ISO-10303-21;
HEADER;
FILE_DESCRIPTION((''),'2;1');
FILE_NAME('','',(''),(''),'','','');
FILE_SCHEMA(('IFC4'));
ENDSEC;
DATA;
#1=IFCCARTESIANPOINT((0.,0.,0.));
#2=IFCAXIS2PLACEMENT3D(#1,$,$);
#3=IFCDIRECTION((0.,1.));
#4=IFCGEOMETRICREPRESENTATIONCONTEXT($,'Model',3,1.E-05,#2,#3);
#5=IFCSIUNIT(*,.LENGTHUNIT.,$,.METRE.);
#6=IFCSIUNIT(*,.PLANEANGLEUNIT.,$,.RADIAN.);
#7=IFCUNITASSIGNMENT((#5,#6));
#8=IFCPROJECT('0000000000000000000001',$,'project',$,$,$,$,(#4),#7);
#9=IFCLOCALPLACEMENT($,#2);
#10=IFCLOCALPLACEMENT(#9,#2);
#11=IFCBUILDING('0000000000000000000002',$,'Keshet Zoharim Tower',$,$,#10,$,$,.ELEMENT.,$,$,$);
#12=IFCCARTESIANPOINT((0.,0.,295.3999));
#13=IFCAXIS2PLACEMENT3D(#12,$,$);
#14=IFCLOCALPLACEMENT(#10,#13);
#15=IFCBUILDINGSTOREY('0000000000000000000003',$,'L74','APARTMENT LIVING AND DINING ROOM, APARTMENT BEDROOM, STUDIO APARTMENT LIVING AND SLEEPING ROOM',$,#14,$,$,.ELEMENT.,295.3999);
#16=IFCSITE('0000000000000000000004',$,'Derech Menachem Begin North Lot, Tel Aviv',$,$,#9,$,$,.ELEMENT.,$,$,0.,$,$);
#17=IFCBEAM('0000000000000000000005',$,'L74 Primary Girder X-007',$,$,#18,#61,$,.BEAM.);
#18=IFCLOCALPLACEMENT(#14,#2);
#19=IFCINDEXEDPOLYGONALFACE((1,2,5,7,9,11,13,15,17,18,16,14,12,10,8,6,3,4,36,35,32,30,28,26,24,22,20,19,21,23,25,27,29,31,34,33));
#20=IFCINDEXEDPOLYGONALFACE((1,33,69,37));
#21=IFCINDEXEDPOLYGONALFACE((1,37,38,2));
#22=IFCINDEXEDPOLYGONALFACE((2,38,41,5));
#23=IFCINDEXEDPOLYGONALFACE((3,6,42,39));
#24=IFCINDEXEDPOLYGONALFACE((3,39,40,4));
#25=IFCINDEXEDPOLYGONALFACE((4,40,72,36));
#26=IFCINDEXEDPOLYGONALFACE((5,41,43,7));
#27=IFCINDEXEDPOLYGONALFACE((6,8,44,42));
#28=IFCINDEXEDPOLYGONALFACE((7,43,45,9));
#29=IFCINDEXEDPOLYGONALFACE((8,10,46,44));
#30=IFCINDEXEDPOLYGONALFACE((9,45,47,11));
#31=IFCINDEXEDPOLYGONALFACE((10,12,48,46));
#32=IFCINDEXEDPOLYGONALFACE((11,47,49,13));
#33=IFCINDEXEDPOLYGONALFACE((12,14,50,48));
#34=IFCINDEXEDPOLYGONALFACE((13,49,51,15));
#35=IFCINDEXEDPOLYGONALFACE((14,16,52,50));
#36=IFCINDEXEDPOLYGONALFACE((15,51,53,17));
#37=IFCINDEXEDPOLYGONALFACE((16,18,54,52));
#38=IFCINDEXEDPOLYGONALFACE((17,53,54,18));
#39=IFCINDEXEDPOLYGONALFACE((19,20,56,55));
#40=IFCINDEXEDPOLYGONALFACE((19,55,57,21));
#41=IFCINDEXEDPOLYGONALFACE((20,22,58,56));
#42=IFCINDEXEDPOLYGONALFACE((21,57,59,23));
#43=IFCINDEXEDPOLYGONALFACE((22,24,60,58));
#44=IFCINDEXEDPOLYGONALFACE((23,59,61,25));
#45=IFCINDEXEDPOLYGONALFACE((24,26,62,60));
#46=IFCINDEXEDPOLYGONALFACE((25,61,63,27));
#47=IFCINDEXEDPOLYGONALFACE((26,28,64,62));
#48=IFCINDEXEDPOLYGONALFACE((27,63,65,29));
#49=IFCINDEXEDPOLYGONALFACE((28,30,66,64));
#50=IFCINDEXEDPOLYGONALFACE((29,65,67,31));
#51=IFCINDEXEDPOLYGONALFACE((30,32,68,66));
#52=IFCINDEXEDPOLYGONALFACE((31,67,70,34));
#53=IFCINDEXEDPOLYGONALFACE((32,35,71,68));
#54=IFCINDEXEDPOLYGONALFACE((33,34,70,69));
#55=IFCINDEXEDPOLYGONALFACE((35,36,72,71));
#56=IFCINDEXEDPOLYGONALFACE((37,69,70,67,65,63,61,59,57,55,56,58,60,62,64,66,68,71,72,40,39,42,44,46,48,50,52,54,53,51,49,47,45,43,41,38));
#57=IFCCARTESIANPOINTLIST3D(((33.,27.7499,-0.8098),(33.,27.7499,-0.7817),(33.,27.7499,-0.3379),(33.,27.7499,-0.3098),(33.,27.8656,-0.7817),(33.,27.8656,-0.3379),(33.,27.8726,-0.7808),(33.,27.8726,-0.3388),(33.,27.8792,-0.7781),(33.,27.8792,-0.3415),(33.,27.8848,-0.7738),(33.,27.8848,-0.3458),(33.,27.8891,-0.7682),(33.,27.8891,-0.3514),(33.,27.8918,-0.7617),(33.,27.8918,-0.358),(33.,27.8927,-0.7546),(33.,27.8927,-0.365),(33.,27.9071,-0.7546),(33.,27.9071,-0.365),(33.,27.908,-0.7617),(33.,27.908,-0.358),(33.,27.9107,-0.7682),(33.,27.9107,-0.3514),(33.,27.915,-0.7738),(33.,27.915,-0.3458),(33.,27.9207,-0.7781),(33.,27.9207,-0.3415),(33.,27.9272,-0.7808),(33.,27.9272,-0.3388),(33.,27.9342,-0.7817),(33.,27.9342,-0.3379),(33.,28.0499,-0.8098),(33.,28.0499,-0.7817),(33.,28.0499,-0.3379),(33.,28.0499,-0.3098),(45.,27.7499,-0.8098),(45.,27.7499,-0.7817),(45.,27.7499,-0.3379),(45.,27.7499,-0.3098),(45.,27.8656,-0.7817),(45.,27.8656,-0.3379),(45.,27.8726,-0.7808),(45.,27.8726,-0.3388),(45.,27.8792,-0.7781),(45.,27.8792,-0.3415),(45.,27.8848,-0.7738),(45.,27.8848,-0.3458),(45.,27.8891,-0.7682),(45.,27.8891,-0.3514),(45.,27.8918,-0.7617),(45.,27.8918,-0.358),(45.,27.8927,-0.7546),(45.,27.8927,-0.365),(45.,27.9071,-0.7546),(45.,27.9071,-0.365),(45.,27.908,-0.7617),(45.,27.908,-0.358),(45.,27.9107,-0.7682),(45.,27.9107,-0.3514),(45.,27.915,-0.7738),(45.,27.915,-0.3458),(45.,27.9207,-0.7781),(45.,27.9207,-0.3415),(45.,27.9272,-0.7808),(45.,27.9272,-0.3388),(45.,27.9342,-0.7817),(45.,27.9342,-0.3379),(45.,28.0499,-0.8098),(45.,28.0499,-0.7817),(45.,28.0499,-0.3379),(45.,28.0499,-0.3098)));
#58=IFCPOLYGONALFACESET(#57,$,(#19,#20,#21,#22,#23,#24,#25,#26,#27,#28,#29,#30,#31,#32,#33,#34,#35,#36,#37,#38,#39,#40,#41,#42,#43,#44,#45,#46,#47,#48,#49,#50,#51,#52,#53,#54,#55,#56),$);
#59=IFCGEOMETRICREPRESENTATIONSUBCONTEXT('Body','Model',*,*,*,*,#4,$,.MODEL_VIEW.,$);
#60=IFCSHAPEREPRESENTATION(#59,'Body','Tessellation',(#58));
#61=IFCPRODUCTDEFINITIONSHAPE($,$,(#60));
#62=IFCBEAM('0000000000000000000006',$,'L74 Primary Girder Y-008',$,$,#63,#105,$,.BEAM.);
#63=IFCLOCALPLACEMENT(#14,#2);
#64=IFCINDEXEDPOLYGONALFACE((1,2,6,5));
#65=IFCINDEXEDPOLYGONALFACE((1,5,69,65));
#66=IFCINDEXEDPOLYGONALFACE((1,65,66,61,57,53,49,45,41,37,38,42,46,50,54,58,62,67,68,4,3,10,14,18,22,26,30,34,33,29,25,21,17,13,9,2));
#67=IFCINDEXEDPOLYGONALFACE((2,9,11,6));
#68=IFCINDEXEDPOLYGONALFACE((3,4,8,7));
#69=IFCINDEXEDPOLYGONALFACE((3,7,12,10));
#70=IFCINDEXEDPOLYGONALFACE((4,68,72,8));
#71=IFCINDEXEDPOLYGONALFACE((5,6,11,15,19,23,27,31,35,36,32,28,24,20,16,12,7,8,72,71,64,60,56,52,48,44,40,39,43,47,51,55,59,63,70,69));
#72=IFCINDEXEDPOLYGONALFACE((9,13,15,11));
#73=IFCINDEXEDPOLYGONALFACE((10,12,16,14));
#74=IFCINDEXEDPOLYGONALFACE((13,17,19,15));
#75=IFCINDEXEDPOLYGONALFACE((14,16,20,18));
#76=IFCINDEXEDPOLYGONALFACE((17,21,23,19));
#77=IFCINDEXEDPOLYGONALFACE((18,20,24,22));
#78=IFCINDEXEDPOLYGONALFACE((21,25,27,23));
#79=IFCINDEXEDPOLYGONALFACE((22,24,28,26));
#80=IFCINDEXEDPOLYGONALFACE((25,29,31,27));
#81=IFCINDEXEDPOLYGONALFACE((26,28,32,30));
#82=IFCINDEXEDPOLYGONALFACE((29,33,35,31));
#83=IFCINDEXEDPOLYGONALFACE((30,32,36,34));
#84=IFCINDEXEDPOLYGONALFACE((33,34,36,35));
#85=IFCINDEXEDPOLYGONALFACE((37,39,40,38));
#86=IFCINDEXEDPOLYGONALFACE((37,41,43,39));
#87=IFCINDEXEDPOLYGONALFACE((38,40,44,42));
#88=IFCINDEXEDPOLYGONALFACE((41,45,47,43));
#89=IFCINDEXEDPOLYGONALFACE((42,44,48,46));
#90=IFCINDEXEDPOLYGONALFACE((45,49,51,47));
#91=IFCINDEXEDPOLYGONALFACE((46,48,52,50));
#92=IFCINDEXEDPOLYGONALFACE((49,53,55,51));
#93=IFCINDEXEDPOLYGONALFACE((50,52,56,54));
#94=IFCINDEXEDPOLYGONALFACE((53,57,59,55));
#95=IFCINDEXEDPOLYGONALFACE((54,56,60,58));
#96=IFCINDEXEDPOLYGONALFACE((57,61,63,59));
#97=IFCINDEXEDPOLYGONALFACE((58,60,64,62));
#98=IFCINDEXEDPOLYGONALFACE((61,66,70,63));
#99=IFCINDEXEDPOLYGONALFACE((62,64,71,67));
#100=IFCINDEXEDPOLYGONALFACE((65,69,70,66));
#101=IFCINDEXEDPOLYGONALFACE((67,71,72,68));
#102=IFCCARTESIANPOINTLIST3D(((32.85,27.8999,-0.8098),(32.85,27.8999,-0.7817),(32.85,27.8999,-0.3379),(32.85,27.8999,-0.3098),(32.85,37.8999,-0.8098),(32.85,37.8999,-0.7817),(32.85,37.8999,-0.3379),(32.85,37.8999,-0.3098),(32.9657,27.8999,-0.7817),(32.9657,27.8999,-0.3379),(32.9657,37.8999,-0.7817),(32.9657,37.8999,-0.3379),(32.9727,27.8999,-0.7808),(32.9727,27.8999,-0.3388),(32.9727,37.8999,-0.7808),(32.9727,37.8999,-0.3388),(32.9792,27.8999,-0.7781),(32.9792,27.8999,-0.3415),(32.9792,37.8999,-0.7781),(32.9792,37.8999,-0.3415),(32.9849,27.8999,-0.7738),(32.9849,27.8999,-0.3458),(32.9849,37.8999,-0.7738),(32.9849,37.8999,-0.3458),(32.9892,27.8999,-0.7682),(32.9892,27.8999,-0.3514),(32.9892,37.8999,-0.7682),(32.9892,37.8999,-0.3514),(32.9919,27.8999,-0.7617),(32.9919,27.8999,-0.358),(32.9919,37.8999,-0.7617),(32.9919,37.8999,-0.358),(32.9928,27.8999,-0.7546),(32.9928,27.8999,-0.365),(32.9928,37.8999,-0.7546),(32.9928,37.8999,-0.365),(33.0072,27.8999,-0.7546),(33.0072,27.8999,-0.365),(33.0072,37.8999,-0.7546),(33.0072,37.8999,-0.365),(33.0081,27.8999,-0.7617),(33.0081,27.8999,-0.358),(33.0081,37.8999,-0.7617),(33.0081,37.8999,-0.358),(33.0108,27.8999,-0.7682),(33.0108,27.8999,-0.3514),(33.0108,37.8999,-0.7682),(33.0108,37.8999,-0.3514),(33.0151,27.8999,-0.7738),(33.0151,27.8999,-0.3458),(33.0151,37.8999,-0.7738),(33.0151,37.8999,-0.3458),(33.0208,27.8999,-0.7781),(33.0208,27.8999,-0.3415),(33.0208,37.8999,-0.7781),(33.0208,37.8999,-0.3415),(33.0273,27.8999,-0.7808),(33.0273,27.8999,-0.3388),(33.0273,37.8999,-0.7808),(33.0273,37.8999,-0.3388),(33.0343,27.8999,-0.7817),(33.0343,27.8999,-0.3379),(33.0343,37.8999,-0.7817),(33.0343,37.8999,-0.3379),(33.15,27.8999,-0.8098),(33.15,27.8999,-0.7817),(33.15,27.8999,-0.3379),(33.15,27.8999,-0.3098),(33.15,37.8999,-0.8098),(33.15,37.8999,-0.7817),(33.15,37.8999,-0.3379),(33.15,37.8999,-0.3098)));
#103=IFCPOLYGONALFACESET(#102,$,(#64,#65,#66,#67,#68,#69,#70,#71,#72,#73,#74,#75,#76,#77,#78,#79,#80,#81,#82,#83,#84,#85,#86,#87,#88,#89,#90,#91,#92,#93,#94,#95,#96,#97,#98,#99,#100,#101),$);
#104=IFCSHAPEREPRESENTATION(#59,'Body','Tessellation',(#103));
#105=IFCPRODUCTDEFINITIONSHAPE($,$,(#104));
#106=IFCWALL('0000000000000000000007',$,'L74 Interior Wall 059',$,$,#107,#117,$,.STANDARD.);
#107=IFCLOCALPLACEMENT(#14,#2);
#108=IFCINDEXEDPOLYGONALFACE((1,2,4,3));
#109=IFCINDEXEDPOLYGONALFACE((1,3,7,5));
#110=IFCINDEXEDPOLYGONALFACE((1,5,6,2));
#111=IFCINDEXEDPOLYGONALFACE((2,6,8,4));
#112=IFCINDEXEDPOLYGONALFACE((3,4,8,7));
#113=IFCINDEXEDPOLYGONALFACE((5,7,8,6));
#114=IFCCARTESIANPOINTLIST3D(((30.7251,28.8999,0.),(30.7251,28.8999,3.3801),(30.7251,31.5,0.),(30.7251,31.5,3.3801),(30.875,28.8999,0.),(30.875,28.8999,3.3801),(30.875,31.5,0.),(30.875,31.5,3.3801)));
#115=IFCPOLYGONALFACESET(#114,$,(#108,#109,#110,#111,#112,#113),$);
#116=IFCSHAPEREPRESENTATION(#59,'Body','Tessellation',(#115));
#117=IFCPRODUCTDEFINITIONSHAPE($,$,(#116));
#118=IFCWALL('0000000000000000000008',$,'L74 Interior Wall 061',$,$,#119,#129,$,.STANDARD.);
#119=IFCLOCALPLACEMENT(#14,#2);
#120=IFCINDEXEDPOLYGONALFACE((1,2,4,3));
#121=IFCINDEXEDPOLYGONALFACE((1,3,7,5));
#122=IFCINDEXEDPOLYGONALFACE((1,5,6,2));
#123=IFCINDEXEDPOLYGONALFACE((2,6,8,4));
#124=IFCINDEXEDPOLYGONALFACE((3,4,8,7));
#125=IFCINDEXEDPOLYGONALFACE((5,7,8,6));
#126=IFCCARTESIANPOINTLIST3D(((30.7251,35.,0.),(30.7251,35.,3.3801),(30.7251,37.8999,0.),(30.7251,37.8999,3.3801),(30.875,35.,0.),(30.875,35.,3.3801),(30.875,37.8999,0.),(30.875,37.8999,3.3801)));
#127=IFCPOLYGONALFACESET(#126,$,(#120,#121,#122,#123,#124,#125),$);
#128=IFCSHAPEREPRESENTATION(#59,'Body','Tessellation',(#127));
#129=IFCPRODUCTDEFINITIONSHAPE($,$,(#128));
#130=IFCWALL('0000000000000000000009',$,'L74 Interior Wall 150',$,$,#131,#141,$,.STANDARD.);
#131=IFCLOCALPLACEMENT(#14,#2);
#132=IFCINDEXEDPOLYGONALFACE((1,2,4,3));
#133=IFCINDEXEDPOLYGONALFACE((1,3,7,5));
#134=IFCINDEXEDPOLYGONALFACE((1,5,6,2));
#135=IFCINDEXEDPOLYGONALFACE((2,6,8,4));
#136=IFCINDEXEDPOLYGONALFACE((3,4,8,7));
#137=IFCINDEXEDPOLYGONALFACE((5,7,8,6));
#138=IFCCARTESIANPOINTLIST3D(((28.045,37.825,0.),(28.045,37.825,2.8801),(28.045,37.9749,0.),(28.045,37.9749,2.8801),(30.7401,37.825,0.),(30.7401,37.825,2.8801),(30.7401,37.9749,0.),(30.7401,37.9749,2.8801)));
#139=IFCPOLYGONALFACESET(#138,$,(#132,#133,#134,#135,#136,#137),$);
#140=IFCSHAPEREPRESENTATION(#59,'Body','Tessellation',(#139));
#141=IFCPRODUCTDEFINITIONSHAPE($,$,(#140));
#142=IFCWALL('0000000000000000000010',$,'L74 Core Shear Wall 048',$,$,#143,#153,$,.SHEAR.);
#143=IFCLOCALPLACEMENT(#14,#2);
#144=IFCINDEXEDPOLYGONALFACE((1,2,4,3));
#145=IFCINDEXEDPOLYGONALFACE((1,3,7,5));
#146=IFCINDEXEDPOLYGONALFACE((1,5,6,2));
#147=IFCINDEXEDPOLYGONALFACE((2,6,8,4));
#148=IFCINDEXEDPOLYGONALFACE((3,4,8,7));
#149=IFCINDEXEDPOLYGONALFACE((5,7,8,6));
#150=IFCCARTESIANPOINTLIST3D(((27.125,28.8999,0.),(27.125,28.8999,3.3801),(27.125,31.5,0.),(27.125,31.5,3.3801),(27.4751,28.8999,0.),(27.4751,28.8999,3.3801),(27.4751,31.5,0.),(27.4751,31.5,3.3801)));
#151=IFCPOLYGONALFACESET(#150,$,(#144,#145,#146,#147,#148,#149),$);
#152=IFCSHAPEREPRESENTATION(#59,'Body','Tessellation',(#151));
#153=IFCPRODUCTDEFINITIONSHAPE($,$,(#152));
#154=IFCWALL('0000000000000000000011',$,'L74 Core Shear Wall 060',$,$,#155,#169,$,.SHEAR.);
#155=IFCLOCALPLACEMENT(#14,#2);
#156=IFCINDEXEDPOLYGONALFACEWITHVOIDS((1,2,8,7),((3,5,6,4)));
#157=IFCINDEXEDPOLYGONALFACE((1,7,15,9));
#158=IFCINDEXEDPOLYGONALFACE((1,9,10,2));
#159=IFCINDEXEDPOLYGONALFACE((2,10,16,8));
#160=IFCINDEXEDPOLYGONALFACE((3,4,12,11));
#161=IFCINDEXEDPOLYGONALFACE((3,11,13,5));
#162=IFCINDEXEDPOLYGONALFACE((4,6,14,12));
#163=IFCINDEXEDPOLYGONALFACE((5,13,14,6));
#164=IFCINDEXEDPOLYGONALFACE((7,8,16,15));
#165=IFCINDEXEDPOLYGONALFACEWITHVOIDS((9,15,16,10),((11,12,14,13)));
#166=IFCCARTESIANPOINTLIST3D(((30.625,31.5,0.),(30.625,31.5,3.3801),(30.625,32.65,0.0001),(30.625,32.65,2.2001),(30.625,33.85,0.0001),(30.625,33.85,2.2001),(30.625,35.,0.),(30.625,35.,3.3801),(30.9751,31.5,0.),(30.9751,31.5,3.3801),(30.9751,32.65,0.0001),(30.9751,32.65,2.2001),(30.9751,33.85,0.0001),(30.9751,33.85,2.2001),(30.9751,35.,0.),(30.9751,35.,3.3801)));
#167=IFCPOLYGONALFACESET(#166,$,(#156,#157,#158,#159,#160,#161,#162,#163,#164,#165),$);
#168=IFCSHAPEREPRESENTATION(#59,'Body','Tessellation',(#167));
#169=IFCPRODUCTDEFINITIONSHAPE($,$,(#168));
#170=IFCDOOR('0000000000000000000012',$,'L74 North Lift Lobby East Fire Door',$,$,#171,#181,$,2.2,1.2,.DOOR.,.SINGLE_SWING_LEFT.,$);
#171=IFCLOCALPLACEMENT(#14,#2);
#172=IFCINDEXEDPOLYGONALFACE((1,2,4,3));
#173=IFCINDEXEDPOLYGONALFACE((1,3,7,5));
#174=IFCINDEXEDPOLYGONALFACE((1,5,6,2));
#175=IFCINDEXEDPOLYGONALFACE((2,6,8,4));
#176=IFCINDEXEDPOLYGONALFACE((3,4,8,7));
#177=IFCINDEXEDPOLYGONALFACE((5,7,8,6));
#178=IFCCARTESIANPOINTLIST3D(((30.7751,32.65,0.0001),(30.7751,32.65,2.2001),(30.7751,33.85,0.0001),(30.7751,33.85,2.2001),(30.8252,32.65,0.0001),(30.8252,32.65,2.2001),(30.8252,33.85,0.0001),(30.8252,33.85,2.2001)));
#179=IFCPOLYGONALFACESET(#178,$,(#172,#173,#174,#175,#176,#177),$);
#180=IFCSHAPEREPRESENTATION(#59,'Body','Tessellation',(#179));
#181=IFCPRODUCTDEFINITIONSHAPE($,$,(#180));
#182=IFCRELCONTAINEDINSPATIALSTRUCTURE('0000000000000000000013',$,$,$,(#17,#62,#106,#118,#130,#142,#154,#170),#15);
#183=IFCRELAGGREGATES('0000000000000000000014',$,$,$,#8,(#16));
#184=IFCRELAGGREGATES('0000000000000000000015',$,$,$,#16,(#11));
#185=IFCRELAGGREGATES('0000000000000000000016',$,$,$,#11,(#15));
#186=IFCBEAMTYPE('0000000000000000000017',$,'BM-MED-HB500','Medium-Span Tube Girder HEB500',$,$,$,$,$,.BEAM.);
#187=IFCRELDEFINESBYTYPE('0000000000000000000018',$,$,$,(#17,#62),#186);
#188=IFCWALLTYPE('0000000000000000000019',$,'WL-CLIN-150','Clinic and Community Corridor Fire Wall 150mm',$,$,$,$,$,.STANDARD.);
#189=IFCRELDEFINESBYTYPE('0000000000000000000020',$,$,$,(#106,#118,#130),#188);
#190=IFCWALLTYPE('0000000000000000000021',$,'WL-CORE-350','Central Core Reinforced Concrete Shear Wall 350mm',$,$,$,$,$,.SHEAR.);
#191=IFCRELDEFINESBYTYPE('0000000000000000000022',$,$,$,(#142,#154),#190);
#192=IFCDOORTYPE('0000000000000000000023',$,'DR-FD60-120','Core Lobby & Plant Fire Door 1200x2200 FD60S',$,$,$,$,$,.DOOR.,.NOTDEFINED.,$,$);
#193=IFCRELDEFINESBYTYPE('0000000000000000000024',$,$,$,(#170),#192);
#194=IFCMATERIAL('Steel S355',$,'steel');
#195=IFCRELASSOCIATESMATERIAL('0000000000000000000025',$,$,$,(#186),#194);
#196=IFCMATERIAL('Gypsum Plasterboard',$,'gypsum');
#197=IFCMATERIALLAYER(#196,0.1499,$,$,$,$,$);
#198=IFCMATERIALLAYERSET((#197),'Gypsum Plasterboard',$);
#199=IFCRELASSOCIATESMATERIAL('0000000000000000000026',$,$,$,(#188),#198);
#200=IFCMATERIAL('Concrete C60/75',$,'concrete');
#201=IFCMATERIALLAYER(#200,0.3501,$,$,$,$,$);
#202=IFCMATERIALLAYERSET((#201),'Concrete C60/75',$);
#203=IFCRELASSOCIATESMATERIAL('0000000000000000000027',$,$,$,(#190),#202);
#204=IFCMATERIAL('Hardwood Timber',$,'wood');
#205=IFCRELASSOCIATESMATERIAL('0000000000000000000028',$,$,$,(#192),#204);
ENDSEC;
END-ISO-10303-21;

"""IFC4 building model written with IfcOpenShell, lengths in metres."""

from ifc_helpers import new_model, si_unit, direction, frame, frame_2d, origin, origin_2d, place, context, subcontext, project, spatial, rectangle, i_section, extrude, material, layer, layer_set, material_profile, profile_set, type_object, element, fill, save


model = new_model("IFC4")

# Units and contexts
model_context = context("Model", 3, precision=1e-05, world=origin(), true_north=direction((0.0, 1.0)))
body_context = subcontext(model_context, "Body", "Model", "MODEL_VIEW")
ifc_project = project(units=[si_unit("LENGTHUNIT", "METRE"), si_unit("PLANEANGLEUNIT", "RADIAN")], contexts=[model_context])

# Site, building, storey
site_placement = place(None, origin())
site = spatial("IfcSite", under=ifc_project, at=site_placement, Name="Derech Menachem Begin North Lot, Tel Aviv", CompositionType="ELEMENT", RefElevation=0.0)
building_placement = place(site_placement, origin())
building = spatial("IfcBuilding", under=site, at=building_placement, Name="Keshet Zoharim Tower", CompositionType="ELEMENT")
storey_placement = place(building_placement, frame((0.0, 0.0, 295.3999)))
storey = spatial("IfcBuildingStorey", under=building, at=storey_placement, Name="L74", Description="APARTMENT LIVING AND DINING ROOM, APARTMENT BEDROOM, STUDIO APARTMENT LIVING AND SLEEPING ROOM", CompositionType="ELEMENT", Elevation=295.3999)

# Beams
ifc_material_1 = material(Name="Steel S355", Category="steel")
ifc_material_profile_1 = material_profile(ifc_material_1, i_section(OverallWidth=0.3, OverallDepth=0.5, WebThickness=0.0144, FlangeThickness=0.0281, FilletRadius=0.0271, at=origin_2d()), Name="HEB500")
ifc_profile_set_1 = profile_set([ifc_material_profile_1], Name="Steel S355")
beam_type_1 = type_object("IfcBeamType", Name="BM-MED-HB500", Description="Medium-Span Tube Girder HEB500", PredefinedType="BEAM", material=ifc_profile_set_1)
beam_1_placement = place(storey_placement, frame((33.0, 27.8999, -0.5598), z_axis=(1.0, 0.0, 0.0), x_axis=(0.0, 1.0, 0.0)))
element("IfcBeam", 1, at=beam_1_placement, inside=storey, type_object=beam_type_1, Name="L74 Primary Girder X-007", PredefinedType="BEAM", context=body_context, shape_type="SweptSolid", body=[
    extrude(i_section(OverallWidth=0.3, OverallDepth=0.5, WebThickness=0.0144, FlangeThickness=0.0281, FilletRadius=0.0271, at=origin_2d()), origin(), (0.0, 0.0, 1.0), 12.0),
])
beam_2_placement = place(storey_placement, frame((33.0, 27.8999, -0.5598), z_axis=(0.0, 1.0, 0.0), x_axis=(-1.0, 0.0, 0.0)))
element("IfcBeam", 2, at=beam_2_placement, inside=storey, type_object=beam_type_1, Name="L74 Primary Girder Y-008", PredefinedType="BEAM", context=body_context, shape_type="SweptSolid", body=[
    extrude(i_section(OverallWidth=0.3, OverallDepth=0.5, WebThickness=0.0144, FlangeThickness=0.0281, FilletRadius=0.0271, at=origin_2d()), origin(), (0.0, 0.0, 1.0), 10.0),
])

# Walls
ifc_material_2 = material(Name="Gypsum Plasterboard", Category="gypsum")
ifc_layer_1 = layer(ifc_material_2, 0.1499)
ifc_layer_set_1 = layer_set([ifc_layer_1], Name="Gypsum Plasterboard")
wall_type_1 = type_object("IfcWallType", Name="WL-CLIN-150", Description="Clinic and Community Corridor Fire Wall 150mm", PredefinedType="STANDARD", material=ifc_layer_set_1)
wall_1_placement = place(storey_placement, frame((30.8, 28.8999, 0.0), z_axis=(0.0, 0.0, 1.0), x_axis=(0.0, 1.0, 0.0)))
element("IfcWall", 3, at=wall_1_placement, inside=storey, type_object=wall_type_1, Name="L74 Interior Wall 059", PredefinedType="STANDARD", context=body_context, shape_type="SweptSolid", body=[
    extrude(rectangle(XDim=2.6001, YDim=0.1499, at=frame_2d((1.3, 0.0))), origin(), (0.0, 0.0, 1.0), 3.3801),
])
wall_2_placement = place(storey_placement, frame((30.8, 35.0, 0.0), z_axis=(0.0, 0.0, 1.0), x_axis=(0.0, 1.0, 0.0)))
element("IfcWall", 4, at=wall_2_placement, inside=storey, type_object=wall_type_1, Name="L74 Interior Wall 061", PredefinedType="STANDARD", context=body_context, shape_type="SweptSolid", body=[
    extrude(rectangle(XDim=2.8999, YDim=0.1499, at=frame_2d((1.45, 0.0))), origin(), (0.0, 0.0, 1.0), 3.3801),
])
wall_3_placement = place(storey_placement, frame((28.0449, 37.8999, 0.0), z_axis=(0.0, 0.0, 1.0), x_axis=(1.0, 0.0, 0.0)))
element("IfcWall", 5, at=wall_3_placement, inside=storey, type_object=wall_type_1, Name="L74 Interior Wall 150", PredefinedType="STANDARD", context=body_context, shape_type="SweptSolid", body=[
    extrude(rectangle(XDim=2.6951, YDim=0.1499, at=frame_2d((1.3477, 0.0))), origin(), (0.0, 0.0, 1.0), 2.8801),
])
ifc_material_3 = material(Name="Concrete C60/75", Category="concrete")
ifc_layer_2 = layer(ifc_material_3, 0.3501)
ifc_layer_set_2 = layer_set([ifc_layer_2], Name="Concrete C60/75")
wall_type_2 = type_object("IfcWallType", Name="WL-CORE-350", Description="Central Core Reinforced Concrete Shear Wall 350mm", PredefinedType="SHEAR", material=ifc_layer_set_2)
wall_4_placement = place(storey_placement, frame((27.3, 28.8999, 0.0), z_axis=(0.0, 0.0, 1.0), x_axis=(0.0, 1.0, 0.0)))
element("IfcWall", 6, at=wall_4_placement, inside=storey, type_object=wall_type_2, Name="L74 Core Shear Wall 048", PredefinedType="SHEAR", context=body_context, shape_type="SweptSolid", body=[
    extrude(rectangle(XDim=2.6001, YDim=0.3501, at=frame_2d((1.3, 0.0))), origin(), (0.0, 0.0, 1.0), 3.3801),
])

# Wall, opening, door
wall_5_placement = place(storey_placement, frame((30.8, 31.5, 0.0), z_axis=(0.0, 0.0, 1.0), x_axis=(0.0, 1.0, 0.0)))
wall_5 = element("IfcWall", 7, at=wall_5_placement, inside=storey, type_object=wall_type_2, Name="L74 Core Shear Wall 060", PredefinedType="SHEAR", context=body_context, shape_type="SweptSolid", body=[
    extrude(rectangle(XDim=3.5, YDim=0.3501, at=frame_2d((1.75, 0.0))), origin(), (0.0, 0.0, 1.0), 3.3801),
])
opening_1_placement = place(wall_5_placement, frame((1.1499, 0.0, 0.0)))
opening_1 = element("IfcOpeningElement", 8, at=opening_1_placement, cuts=wall_5, PredefinedType="OPENING", context=body_context, shape_type="SweptSolid", body=[
    extrude(rectangle(XDim=1.2, YDim=2.2, at=frame_2d((0.6001, 1.1001))), frame((0.0, 0.1851, 0.0), z_axis=(0.0, -1.0, 0.0), x_axis=(1.0, 0.0, 0.0)), (0.0, 0.0, 1.0), 0.3701),
])
ifc_material_4 = material(Name="Hardwood Timber", Category="wood")
door_type_1 = type_object("IfcDoorType", Name="DR-FD60-120", Description="Core Lobby & Plant Fire Door 1200x2200 FD60S", OperationType="NOTDEFINED", PredefinedType="DOOR", material=ifc_material_4)
door_1_placement = place(opening_1_placement, origin())
door_1 = element("IfcDoor", 9, at=door_1_placement, inside=storey, type_object=door_type_1, Name="L74 North Lift Lobby East Fire Door", OperationType="SINGLE_SWING_LEFT", OverallHeight=2.2, OverallWidth=1.2, PredefinedType="DOOR", context=body_context, shape_type="SweptSolid", body=[
    extrude(rectangle(XDim=1.2, YDim=2.2, at=frame_2d((0.6001, 1.1001))), frame((0.0, 0.0249, 0.0), z_axis=(0.0, -1.0, 0.0), x_axis=(1.0, 0.0, 0.0)), (0.0, 0.0, 1.0), 0.05),
])
fill(opening_1, door_1)

save(model, "model.ifc")
